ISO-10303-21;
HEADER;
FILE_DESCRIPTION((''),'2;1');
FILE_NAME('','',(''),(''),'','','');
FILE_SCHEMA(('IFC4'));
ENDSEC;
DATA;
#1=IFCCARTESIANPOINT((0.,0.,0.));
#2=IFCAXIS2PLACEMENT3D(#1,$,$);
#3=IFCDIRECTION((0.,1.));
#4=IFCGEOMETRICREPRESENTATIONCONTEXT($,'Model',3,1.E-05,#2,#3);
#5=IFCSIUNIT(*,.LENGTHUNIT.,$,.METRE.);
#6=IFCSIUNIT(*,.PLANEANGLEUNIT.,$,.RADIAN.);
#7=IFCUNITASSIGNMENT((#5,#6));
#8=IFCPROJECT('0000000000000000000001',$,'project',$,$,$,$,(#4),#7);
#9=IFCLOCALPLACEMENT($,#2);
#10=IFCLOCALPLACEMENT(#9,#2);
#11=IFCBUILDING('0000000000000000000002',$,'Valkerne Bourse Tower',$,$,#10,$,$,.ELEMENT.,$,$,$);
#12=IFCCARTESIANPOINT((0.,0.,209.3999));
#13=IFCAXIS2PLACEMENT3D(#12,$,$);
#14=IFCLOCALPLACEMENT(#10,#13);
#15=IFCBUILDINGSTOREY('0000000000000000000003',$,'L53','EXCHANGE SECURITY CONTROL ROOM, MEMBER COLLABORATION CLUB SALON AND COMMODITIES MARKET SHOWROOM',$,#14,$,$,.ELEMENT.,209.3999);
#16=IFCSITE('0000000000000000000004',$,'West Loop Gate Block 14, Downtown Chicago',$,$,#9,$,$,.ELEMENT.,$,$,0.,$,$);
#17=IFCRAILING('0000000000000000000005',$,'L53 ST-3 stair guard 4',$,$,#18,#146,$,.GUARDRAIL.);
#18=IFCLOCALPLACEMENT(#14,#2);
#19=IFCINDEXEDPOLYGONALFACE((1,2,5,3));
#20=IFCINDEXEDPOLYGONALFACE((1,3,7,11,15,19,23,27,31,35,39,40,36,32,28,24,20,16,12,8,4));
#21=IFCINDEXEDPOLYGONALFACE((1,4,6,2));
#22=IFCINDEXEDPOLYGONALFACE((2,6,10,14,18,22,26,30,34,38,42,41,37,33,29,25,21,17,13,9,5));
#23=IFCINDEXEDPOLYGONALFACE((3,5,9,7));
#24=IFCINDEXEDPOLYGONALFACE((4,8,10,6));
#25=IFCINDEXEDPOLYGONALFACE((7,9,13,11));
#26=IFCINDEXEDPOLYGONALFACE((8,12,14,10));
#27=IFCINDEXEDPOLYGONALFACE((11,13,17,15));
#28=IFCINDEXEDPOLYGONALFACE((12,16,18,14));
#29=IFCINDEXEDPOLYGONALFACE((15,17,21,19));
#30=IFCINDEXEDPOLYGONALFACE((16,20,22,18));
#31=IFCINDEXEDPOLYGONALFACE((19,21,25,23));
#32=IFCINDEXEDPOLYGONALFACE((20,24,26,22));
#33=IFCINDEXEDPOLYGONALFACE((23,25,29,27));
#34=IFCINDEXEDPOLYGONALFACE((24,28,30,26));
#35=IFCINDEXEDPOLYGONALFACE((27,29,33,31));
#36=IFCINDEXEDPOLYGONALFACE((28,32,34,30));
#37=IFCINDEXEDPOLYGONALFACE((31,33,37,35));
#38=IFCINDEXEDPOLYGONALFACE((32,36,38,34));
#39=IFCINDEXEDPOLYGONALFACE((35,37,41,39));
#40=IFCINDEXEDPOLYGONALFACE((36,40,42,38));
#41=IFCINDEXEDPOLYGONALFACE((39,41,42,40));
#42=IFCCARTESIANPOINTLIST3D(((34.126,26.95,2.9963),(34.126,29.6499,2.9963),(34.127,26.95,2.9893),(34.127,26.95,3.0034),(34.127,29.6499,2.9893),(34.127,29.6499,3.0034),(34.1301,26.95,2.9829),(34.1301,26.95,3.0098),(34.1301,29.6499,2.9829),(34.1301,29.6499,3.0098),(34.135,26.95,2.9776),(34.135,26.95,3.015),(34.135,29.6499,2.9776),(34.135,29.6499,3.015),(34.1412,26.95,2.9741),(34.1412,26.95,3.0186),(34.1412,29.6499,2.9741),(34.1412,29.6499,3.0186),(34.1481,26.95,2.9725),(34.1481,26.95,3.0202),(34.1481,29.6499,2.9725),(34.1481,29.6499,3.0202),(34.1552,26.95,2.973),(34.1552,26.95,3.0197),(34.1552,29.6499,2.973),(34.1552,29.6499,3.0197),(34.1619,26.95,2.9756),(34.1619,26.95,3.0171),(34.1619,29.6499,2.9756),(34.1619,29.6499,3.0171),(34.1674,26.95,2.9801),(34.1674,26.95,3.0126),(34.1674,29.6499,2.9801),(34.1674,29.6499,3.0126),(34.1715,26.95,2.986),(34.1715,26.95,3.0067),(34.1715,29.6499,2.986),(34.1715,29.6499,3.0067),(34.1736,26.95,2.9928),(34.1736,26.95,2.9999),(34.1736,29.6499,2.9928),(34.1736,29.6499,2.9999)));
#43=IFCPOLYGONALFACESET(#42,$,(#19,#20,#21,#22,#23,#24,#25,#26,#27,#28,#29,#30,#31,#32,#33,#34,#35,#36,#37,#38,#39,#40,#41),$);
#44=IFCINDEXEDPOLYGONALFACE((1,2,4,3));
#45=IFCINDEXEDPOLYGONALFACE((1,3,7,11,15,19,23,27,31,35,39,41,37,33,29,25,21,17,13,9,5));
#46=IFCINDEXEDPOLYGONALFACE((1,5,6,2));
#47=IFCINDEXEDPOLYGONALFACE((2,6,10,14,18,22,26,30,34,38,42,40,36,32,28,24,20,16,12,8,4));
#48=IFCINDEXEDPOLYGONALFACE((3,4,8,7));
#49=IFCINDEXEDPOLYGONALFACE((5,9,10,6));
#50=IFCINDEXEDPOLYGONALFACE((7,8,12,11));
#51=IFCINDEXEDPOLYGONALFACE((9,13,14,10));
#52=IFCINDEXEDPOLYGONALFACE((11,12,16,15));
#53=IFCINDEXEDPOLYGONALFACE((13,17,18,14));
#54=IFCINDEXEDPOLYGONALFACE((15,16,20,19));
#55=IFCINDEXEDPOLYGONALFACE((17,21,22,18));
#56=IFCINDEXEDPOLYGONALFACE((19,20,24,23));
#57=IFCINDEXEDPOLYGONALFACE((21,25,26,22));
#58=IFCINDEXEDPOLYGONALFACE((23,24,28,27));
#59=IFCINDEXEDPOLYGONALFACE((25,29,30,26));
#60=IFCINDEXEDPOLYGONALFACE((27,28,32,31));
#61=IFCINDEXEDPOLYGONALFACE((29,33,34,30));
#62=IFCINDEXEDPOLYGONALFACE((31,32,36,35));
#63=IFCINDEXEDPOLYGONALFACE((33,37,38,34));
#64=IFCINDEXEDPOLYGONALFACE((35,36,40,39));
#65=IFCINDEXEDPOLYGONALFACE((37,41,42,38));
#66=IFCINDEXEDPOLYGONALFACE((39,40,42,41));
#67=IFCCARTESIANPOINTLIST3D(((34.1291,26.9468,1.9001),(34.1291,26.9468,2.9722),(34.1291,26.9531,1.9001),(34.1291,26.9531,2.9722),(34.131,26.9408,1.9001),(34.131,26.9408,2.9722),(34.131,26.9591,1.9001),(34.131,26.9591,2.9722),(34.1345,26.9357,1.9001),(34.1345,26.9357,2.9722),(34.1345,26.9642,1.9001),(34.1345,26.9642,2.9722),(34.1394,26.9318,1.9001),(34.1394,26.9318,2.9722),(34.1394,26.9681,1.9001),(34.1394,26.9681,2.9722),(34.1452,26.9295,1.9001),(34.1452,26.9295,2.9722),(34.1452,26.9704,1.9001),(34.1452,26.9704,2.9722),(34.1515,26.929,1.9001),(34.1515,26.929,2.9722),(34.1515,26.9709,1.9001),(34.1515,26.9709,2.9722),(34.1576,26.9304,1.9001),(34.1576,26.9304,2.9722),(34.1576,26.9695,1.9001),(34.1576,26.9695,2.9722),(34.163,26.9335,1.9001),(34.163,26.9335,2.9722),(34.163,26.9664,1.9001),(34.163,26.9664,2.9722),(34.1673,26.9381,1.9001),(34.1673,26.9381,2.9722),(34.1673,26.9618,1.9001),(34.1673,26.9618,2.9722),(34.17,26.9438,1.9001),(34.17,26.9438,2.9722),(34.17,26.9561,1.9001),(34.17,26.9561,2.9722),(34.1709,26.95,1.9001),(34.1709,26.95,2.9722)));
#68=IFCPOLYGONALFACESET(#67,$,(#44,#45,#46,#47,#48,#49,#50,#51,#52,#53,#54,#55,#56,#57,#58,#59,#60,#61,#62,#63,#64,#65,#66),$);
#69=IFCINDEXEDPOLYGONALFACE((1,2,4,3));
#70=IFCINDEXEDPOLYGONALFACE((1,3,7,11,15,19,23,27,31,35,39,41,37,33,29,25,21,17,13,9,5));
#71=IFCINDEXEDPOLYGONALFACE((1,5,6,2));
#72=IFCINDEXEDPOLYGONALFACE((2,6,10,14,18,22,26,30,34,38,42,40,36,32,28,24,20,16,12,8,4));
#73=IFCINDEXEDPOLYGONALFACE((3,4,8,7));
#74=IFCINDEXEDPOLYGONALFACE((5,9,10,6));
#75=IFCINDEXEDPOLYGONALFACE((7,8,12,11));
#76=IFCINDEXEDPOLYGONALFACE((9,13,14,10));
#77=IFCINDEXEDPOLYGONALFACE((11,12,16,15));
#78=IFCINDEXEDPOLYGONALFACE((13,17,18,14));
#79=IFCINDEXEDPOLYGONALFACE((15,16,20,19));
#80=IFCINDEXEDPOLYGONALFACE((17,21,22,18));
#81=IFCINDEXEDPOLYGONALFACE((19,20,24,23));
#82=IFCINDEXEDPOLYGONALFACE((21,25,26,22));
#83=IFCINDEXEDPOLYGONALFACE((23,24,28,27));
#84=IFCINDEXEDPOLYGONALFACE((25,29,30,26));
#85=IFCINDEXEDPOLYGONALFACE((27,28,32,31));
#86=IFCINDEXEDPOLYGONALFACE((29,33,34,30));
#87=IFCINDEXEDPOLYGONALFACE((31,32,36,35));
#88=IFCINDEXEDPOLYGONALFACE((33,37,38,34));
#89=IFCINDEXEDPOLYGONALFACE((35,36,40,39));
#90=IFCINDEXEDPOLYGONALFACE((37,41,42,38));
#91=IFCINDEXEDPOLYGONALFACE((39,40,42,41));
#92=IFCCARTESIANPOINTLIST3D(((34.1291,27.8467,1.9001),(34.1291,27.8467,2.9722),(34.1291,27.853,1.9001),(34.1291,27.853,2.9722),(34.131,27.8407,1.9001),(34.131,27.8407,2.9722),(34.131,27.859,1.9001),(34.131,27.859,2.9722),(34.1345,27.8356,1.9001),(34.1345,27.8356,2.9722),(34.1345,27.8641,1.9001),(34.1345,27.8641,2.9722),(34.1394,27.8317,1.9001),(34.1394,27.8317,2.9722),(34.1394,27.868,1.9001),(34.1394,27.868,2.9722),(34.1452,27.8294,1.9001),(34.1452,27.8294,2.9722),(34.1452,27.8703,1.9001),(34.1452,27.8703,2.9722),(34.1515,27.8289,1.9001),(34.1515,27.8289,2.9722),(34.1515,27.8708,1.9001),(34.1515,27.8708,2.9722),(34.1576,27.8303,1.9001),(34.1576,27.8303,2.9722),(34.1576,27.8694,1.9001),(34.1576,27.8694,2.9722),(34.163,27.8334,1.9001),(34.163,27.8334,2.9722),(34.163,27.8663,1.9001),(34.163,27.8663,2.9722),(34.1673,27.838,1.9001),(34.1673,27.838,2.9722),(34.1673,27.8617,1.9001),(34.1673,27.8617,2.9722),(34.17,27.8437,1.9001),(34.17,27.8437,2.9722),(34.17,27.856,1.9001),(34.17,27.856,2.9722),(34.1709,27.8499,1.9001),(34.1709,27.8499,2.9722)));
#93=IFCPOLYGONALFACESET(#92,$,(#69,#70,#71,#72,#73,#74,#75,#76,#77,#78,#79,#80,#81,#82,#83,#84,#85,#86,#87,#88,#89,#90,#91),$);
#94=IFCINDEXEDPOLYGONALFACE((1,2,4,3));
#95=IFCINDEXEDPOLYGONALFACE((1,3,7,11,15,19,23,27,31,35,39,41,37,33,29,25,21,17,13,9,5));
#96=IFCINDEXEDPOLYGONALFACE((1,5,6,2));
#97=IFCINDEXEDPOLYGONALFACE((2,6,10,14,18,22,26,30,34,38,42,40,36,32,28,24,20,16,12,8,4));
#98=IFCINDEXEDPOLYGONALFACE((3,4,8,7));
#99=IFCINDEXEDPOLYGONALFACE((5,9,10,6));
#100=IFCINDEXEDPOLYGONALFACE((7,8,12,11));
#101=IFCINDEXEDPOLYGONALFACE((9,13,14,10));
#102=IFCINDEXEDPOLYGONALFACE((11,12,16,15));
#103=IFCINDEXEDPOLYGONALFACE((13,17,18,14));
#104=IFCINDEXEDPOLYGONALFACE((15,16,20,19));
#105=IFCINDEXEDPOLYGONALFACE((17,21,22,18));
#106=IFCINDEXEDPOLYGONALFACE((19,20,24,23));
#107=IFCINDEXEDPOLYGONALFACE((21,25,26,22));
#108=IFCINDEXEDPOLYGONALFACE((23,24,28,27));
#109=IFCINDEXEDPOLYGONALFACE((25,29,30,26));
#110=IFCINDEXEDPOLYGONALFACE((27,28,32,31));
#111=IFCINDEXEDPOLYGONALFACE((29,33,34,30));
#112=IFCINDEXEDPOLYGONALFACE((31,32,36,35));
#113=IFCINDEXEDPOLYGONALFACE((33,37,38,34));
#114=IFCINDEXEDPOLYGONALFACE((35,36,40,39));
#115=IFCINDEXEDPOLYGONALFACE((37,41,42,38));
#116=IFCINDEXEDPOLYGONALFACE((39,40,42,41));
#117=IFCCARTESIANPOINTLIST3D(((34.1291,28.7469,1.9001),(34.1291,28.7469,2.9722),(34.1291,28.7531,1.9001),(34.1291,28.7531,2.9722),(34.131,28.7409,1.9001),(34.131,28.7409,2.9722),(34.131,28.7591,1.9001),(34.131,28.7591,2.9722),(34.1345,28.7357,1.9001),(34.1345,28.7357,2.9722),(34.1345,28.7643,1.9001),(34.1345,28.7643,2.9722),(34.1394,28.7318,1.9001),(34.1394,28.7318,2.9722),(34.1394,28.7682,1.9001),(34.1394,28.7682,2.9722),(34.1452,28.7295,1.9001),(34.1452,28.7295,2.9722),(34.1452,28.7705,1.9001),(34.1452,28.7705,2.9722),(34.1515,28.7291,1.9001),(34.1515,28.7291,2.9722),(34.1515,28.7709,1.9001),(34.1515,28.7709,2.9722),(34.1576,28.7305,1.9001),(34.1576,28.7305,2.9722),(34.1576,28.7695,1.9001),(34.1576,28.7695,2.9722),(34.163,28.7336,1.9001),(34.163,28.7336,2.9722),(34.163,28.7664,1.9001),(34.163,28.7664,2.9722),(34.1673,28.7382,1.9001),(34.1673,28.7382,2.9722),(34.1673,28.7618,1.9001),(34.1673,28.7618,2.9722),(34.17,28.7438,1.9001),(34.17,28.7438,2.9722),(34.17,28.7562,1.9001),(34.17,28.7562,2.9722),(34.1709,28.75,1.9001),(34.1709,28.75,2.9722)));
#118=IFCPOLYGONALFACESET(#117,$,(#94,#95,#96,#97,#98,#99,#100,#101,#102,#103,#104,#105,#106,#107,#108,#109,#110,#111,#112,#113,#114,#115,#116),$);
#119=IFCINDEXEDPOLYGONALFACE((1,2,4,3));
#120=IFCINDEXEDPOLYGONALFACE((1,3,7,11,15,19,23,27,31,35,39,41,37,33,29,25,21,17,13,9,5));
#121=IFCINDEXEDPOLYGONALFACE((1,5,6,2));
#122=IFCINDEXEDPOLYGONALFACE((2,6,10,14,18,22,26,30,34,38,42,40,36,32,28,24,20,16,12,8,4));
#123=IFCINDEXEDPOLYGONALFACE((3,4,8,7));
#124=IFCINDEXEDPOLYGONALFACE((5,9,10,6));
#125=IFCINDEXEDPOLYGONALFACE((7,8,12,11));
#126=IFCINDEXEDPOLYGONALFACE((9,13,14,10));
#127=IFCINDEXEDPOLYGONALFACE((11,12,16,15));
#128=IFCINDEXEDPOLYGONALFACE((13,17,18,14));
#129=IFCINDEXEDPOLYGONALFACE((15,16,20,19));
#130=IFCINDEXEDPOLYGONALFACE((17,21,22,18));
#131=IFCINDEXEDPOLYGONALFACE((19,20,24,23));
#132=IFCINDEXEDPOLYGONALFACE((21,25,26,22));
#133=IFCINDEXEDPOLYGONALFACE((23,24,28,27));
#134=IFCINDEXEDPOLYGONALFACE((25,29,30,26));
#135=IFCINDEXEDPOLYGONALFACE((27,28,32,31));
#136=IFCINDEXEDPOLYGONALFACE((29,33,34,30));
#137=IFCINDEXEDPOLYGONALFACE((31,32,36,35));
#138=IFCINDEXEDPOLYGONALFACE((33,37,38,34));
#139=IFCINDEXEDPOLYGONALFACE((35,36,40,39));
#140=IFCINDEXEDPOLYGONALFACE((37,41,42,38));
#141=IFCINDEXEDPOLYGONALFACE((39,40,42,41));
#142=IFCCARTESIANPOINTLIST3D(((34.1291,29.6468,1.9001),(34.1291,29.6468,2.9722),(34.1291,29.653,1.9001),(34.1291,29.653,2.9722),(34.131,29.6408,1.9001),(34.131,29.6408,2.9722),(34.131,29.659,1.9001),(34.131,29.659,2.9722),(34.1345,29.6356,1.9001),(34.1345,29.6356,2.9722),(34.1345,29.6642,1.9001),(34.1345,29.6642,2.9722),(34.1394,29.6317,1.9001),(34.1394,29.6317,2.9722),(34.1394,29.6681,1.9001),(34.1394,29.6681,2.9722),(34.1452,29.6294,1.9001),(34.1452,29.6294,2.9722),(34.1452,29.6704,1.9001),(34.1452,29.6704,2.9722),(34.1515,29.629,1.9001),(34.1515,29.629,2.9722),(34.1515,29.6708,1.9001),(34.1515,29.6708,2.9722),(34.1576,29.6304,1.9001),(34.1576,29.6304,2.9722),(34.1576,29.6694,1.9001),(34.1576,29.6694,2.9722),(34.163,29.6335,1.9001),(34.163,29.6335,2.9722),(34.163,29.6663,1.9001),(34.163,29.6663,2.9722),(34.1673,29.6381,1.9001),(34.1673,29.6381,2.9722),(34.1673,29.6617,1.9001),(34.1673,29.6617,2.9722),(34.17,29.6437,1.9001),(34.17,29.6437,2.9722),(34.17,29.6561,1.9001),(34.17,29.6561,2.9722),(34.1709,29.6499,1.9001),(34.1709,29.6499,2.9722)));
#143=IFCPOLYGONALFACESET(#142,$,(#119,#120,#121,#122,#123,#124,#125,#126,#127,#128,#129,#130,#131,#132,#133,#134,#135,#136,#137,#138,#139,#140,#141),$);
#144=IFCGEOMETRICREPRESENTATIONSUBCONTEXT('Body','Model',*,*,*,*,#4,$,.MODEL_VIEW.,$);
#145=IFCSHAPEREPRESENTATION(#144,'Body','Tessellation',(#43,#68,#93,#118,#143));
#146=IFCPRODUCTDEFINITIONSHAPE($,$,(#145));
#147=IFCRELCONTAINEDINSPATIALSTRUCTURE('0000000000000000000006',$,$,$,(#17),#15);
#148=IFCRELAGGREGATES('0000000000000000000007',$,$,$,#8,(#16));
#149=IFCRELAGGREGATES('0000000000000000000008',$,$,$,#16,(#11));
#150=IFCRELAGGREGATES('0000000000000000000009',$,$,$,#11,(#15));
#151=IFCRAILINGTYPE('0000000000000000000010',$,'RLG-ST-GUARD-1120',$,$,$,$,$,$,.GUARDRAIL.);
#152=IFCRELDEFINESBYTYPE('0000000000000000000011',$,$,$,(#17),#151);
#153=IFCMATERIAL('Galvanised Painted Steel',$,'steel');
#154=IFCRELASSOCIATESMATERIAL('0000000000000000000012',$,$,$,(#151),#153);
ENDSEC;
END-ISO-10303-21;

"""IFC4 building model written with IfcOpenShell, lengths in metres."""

from ifc_helpers import new_model, si_unit, direction, frame, origin, origin_2d, place, context, subcontext, project, spatial, circle, extrude, material, type_object, element, save


model = new_model("IFC4")

# Units and contexts
model_context = context("Model", 3, precision=1e-05, world=origin(), true_north=direction((0.0, 1.0)))
body_context = subcontext(model_context, "Body", "Model", "MODEL_VIEW")
ifc_project = project(units=[si_unit("LENGTHUNIT", "METRE"), si_unit("PLANEANGLEUNIT", "RADIAN")], contexts=[model_context])

# Site, building, storey
site_placement = place(None, origin())
site = spatial("IfcSite", under=ifc_project, at=site_placement, Name="West Loop Gate Block 14, Downtown Chicago", CompositionType="ELEMENT", RefElevation=0.0)
building_placement = place(site_placement, origin())
building = spatial("IfcBuilding", under=site, at=building_placement, Name="Valkerne Bourse Tower", CompositionType="ELEMENT")
storey_placement = place(building_placement, frame((0.0, 0.0, 209.3999)))
storey = spatial("IfcBuildingStorey", under=building, at=storey_placement, Name="L53", Description="EXCHANGE SECURITY CONTROL ROOM, MEMBER COLLABORATION CLUB SALON AND COMMODITIES MARKET SHOWROOM", CompositionType="ELEMENT", Elevation=209.3999)

# Shared definitions
ifc_material_1 = material(Name="Galvanised Painted Steel", Category="steel")

# Railing
railing_type_1 = type_object("IfcRailingType", Name="RLG-ST-GUARD-1120", PredefinedType="GUARDRAIL", material=ifc_material_1)
railing_1_placement = place(storey_placement, frame((34.1499, 26.95, 1.9001)))
element("IfcRailing", 1, at=railing_1_placement, inside=storey, type_object=railing_type_1, Name="L53 ST-3 stair guard 4", PredefinedType="GUARDRAIL", context=body_context, shape_type="SweptSolid", body=[
    extrude(circle(Radius=0.0239, at=origin_2d()), frame((0.0, 0.0, 1.0962), z_axis=(0.0, 1.0, 0.0), x_axis=(-1.0, 0.0, 0.0)), (0.0, 0.0, 1.0), 2.7),
    extrude(circle(Radius=0.021, at=origin_2d()), origin(), (0.0, 0.0, 1.0), 1.072),
    extrude(circle(Radius=0.021, at=origin_2d()), frame((0.0, 0.8999, 0.0)), (0.0, 0.0, 1.0), 1.072),
    extrude(circle(Radius=0.021, at=origin_2d()), frame((0.0, 1.8, 0.0)), (0.0, 0.0, 1.0), 1.072),
    extrude(circle(Radius=0.021, at=origin_2d()), frame((0.0, 2.7, 0.0)), (0.0, 0.0, 1.0), 1.072),
])

save(model, "model.ifc")
